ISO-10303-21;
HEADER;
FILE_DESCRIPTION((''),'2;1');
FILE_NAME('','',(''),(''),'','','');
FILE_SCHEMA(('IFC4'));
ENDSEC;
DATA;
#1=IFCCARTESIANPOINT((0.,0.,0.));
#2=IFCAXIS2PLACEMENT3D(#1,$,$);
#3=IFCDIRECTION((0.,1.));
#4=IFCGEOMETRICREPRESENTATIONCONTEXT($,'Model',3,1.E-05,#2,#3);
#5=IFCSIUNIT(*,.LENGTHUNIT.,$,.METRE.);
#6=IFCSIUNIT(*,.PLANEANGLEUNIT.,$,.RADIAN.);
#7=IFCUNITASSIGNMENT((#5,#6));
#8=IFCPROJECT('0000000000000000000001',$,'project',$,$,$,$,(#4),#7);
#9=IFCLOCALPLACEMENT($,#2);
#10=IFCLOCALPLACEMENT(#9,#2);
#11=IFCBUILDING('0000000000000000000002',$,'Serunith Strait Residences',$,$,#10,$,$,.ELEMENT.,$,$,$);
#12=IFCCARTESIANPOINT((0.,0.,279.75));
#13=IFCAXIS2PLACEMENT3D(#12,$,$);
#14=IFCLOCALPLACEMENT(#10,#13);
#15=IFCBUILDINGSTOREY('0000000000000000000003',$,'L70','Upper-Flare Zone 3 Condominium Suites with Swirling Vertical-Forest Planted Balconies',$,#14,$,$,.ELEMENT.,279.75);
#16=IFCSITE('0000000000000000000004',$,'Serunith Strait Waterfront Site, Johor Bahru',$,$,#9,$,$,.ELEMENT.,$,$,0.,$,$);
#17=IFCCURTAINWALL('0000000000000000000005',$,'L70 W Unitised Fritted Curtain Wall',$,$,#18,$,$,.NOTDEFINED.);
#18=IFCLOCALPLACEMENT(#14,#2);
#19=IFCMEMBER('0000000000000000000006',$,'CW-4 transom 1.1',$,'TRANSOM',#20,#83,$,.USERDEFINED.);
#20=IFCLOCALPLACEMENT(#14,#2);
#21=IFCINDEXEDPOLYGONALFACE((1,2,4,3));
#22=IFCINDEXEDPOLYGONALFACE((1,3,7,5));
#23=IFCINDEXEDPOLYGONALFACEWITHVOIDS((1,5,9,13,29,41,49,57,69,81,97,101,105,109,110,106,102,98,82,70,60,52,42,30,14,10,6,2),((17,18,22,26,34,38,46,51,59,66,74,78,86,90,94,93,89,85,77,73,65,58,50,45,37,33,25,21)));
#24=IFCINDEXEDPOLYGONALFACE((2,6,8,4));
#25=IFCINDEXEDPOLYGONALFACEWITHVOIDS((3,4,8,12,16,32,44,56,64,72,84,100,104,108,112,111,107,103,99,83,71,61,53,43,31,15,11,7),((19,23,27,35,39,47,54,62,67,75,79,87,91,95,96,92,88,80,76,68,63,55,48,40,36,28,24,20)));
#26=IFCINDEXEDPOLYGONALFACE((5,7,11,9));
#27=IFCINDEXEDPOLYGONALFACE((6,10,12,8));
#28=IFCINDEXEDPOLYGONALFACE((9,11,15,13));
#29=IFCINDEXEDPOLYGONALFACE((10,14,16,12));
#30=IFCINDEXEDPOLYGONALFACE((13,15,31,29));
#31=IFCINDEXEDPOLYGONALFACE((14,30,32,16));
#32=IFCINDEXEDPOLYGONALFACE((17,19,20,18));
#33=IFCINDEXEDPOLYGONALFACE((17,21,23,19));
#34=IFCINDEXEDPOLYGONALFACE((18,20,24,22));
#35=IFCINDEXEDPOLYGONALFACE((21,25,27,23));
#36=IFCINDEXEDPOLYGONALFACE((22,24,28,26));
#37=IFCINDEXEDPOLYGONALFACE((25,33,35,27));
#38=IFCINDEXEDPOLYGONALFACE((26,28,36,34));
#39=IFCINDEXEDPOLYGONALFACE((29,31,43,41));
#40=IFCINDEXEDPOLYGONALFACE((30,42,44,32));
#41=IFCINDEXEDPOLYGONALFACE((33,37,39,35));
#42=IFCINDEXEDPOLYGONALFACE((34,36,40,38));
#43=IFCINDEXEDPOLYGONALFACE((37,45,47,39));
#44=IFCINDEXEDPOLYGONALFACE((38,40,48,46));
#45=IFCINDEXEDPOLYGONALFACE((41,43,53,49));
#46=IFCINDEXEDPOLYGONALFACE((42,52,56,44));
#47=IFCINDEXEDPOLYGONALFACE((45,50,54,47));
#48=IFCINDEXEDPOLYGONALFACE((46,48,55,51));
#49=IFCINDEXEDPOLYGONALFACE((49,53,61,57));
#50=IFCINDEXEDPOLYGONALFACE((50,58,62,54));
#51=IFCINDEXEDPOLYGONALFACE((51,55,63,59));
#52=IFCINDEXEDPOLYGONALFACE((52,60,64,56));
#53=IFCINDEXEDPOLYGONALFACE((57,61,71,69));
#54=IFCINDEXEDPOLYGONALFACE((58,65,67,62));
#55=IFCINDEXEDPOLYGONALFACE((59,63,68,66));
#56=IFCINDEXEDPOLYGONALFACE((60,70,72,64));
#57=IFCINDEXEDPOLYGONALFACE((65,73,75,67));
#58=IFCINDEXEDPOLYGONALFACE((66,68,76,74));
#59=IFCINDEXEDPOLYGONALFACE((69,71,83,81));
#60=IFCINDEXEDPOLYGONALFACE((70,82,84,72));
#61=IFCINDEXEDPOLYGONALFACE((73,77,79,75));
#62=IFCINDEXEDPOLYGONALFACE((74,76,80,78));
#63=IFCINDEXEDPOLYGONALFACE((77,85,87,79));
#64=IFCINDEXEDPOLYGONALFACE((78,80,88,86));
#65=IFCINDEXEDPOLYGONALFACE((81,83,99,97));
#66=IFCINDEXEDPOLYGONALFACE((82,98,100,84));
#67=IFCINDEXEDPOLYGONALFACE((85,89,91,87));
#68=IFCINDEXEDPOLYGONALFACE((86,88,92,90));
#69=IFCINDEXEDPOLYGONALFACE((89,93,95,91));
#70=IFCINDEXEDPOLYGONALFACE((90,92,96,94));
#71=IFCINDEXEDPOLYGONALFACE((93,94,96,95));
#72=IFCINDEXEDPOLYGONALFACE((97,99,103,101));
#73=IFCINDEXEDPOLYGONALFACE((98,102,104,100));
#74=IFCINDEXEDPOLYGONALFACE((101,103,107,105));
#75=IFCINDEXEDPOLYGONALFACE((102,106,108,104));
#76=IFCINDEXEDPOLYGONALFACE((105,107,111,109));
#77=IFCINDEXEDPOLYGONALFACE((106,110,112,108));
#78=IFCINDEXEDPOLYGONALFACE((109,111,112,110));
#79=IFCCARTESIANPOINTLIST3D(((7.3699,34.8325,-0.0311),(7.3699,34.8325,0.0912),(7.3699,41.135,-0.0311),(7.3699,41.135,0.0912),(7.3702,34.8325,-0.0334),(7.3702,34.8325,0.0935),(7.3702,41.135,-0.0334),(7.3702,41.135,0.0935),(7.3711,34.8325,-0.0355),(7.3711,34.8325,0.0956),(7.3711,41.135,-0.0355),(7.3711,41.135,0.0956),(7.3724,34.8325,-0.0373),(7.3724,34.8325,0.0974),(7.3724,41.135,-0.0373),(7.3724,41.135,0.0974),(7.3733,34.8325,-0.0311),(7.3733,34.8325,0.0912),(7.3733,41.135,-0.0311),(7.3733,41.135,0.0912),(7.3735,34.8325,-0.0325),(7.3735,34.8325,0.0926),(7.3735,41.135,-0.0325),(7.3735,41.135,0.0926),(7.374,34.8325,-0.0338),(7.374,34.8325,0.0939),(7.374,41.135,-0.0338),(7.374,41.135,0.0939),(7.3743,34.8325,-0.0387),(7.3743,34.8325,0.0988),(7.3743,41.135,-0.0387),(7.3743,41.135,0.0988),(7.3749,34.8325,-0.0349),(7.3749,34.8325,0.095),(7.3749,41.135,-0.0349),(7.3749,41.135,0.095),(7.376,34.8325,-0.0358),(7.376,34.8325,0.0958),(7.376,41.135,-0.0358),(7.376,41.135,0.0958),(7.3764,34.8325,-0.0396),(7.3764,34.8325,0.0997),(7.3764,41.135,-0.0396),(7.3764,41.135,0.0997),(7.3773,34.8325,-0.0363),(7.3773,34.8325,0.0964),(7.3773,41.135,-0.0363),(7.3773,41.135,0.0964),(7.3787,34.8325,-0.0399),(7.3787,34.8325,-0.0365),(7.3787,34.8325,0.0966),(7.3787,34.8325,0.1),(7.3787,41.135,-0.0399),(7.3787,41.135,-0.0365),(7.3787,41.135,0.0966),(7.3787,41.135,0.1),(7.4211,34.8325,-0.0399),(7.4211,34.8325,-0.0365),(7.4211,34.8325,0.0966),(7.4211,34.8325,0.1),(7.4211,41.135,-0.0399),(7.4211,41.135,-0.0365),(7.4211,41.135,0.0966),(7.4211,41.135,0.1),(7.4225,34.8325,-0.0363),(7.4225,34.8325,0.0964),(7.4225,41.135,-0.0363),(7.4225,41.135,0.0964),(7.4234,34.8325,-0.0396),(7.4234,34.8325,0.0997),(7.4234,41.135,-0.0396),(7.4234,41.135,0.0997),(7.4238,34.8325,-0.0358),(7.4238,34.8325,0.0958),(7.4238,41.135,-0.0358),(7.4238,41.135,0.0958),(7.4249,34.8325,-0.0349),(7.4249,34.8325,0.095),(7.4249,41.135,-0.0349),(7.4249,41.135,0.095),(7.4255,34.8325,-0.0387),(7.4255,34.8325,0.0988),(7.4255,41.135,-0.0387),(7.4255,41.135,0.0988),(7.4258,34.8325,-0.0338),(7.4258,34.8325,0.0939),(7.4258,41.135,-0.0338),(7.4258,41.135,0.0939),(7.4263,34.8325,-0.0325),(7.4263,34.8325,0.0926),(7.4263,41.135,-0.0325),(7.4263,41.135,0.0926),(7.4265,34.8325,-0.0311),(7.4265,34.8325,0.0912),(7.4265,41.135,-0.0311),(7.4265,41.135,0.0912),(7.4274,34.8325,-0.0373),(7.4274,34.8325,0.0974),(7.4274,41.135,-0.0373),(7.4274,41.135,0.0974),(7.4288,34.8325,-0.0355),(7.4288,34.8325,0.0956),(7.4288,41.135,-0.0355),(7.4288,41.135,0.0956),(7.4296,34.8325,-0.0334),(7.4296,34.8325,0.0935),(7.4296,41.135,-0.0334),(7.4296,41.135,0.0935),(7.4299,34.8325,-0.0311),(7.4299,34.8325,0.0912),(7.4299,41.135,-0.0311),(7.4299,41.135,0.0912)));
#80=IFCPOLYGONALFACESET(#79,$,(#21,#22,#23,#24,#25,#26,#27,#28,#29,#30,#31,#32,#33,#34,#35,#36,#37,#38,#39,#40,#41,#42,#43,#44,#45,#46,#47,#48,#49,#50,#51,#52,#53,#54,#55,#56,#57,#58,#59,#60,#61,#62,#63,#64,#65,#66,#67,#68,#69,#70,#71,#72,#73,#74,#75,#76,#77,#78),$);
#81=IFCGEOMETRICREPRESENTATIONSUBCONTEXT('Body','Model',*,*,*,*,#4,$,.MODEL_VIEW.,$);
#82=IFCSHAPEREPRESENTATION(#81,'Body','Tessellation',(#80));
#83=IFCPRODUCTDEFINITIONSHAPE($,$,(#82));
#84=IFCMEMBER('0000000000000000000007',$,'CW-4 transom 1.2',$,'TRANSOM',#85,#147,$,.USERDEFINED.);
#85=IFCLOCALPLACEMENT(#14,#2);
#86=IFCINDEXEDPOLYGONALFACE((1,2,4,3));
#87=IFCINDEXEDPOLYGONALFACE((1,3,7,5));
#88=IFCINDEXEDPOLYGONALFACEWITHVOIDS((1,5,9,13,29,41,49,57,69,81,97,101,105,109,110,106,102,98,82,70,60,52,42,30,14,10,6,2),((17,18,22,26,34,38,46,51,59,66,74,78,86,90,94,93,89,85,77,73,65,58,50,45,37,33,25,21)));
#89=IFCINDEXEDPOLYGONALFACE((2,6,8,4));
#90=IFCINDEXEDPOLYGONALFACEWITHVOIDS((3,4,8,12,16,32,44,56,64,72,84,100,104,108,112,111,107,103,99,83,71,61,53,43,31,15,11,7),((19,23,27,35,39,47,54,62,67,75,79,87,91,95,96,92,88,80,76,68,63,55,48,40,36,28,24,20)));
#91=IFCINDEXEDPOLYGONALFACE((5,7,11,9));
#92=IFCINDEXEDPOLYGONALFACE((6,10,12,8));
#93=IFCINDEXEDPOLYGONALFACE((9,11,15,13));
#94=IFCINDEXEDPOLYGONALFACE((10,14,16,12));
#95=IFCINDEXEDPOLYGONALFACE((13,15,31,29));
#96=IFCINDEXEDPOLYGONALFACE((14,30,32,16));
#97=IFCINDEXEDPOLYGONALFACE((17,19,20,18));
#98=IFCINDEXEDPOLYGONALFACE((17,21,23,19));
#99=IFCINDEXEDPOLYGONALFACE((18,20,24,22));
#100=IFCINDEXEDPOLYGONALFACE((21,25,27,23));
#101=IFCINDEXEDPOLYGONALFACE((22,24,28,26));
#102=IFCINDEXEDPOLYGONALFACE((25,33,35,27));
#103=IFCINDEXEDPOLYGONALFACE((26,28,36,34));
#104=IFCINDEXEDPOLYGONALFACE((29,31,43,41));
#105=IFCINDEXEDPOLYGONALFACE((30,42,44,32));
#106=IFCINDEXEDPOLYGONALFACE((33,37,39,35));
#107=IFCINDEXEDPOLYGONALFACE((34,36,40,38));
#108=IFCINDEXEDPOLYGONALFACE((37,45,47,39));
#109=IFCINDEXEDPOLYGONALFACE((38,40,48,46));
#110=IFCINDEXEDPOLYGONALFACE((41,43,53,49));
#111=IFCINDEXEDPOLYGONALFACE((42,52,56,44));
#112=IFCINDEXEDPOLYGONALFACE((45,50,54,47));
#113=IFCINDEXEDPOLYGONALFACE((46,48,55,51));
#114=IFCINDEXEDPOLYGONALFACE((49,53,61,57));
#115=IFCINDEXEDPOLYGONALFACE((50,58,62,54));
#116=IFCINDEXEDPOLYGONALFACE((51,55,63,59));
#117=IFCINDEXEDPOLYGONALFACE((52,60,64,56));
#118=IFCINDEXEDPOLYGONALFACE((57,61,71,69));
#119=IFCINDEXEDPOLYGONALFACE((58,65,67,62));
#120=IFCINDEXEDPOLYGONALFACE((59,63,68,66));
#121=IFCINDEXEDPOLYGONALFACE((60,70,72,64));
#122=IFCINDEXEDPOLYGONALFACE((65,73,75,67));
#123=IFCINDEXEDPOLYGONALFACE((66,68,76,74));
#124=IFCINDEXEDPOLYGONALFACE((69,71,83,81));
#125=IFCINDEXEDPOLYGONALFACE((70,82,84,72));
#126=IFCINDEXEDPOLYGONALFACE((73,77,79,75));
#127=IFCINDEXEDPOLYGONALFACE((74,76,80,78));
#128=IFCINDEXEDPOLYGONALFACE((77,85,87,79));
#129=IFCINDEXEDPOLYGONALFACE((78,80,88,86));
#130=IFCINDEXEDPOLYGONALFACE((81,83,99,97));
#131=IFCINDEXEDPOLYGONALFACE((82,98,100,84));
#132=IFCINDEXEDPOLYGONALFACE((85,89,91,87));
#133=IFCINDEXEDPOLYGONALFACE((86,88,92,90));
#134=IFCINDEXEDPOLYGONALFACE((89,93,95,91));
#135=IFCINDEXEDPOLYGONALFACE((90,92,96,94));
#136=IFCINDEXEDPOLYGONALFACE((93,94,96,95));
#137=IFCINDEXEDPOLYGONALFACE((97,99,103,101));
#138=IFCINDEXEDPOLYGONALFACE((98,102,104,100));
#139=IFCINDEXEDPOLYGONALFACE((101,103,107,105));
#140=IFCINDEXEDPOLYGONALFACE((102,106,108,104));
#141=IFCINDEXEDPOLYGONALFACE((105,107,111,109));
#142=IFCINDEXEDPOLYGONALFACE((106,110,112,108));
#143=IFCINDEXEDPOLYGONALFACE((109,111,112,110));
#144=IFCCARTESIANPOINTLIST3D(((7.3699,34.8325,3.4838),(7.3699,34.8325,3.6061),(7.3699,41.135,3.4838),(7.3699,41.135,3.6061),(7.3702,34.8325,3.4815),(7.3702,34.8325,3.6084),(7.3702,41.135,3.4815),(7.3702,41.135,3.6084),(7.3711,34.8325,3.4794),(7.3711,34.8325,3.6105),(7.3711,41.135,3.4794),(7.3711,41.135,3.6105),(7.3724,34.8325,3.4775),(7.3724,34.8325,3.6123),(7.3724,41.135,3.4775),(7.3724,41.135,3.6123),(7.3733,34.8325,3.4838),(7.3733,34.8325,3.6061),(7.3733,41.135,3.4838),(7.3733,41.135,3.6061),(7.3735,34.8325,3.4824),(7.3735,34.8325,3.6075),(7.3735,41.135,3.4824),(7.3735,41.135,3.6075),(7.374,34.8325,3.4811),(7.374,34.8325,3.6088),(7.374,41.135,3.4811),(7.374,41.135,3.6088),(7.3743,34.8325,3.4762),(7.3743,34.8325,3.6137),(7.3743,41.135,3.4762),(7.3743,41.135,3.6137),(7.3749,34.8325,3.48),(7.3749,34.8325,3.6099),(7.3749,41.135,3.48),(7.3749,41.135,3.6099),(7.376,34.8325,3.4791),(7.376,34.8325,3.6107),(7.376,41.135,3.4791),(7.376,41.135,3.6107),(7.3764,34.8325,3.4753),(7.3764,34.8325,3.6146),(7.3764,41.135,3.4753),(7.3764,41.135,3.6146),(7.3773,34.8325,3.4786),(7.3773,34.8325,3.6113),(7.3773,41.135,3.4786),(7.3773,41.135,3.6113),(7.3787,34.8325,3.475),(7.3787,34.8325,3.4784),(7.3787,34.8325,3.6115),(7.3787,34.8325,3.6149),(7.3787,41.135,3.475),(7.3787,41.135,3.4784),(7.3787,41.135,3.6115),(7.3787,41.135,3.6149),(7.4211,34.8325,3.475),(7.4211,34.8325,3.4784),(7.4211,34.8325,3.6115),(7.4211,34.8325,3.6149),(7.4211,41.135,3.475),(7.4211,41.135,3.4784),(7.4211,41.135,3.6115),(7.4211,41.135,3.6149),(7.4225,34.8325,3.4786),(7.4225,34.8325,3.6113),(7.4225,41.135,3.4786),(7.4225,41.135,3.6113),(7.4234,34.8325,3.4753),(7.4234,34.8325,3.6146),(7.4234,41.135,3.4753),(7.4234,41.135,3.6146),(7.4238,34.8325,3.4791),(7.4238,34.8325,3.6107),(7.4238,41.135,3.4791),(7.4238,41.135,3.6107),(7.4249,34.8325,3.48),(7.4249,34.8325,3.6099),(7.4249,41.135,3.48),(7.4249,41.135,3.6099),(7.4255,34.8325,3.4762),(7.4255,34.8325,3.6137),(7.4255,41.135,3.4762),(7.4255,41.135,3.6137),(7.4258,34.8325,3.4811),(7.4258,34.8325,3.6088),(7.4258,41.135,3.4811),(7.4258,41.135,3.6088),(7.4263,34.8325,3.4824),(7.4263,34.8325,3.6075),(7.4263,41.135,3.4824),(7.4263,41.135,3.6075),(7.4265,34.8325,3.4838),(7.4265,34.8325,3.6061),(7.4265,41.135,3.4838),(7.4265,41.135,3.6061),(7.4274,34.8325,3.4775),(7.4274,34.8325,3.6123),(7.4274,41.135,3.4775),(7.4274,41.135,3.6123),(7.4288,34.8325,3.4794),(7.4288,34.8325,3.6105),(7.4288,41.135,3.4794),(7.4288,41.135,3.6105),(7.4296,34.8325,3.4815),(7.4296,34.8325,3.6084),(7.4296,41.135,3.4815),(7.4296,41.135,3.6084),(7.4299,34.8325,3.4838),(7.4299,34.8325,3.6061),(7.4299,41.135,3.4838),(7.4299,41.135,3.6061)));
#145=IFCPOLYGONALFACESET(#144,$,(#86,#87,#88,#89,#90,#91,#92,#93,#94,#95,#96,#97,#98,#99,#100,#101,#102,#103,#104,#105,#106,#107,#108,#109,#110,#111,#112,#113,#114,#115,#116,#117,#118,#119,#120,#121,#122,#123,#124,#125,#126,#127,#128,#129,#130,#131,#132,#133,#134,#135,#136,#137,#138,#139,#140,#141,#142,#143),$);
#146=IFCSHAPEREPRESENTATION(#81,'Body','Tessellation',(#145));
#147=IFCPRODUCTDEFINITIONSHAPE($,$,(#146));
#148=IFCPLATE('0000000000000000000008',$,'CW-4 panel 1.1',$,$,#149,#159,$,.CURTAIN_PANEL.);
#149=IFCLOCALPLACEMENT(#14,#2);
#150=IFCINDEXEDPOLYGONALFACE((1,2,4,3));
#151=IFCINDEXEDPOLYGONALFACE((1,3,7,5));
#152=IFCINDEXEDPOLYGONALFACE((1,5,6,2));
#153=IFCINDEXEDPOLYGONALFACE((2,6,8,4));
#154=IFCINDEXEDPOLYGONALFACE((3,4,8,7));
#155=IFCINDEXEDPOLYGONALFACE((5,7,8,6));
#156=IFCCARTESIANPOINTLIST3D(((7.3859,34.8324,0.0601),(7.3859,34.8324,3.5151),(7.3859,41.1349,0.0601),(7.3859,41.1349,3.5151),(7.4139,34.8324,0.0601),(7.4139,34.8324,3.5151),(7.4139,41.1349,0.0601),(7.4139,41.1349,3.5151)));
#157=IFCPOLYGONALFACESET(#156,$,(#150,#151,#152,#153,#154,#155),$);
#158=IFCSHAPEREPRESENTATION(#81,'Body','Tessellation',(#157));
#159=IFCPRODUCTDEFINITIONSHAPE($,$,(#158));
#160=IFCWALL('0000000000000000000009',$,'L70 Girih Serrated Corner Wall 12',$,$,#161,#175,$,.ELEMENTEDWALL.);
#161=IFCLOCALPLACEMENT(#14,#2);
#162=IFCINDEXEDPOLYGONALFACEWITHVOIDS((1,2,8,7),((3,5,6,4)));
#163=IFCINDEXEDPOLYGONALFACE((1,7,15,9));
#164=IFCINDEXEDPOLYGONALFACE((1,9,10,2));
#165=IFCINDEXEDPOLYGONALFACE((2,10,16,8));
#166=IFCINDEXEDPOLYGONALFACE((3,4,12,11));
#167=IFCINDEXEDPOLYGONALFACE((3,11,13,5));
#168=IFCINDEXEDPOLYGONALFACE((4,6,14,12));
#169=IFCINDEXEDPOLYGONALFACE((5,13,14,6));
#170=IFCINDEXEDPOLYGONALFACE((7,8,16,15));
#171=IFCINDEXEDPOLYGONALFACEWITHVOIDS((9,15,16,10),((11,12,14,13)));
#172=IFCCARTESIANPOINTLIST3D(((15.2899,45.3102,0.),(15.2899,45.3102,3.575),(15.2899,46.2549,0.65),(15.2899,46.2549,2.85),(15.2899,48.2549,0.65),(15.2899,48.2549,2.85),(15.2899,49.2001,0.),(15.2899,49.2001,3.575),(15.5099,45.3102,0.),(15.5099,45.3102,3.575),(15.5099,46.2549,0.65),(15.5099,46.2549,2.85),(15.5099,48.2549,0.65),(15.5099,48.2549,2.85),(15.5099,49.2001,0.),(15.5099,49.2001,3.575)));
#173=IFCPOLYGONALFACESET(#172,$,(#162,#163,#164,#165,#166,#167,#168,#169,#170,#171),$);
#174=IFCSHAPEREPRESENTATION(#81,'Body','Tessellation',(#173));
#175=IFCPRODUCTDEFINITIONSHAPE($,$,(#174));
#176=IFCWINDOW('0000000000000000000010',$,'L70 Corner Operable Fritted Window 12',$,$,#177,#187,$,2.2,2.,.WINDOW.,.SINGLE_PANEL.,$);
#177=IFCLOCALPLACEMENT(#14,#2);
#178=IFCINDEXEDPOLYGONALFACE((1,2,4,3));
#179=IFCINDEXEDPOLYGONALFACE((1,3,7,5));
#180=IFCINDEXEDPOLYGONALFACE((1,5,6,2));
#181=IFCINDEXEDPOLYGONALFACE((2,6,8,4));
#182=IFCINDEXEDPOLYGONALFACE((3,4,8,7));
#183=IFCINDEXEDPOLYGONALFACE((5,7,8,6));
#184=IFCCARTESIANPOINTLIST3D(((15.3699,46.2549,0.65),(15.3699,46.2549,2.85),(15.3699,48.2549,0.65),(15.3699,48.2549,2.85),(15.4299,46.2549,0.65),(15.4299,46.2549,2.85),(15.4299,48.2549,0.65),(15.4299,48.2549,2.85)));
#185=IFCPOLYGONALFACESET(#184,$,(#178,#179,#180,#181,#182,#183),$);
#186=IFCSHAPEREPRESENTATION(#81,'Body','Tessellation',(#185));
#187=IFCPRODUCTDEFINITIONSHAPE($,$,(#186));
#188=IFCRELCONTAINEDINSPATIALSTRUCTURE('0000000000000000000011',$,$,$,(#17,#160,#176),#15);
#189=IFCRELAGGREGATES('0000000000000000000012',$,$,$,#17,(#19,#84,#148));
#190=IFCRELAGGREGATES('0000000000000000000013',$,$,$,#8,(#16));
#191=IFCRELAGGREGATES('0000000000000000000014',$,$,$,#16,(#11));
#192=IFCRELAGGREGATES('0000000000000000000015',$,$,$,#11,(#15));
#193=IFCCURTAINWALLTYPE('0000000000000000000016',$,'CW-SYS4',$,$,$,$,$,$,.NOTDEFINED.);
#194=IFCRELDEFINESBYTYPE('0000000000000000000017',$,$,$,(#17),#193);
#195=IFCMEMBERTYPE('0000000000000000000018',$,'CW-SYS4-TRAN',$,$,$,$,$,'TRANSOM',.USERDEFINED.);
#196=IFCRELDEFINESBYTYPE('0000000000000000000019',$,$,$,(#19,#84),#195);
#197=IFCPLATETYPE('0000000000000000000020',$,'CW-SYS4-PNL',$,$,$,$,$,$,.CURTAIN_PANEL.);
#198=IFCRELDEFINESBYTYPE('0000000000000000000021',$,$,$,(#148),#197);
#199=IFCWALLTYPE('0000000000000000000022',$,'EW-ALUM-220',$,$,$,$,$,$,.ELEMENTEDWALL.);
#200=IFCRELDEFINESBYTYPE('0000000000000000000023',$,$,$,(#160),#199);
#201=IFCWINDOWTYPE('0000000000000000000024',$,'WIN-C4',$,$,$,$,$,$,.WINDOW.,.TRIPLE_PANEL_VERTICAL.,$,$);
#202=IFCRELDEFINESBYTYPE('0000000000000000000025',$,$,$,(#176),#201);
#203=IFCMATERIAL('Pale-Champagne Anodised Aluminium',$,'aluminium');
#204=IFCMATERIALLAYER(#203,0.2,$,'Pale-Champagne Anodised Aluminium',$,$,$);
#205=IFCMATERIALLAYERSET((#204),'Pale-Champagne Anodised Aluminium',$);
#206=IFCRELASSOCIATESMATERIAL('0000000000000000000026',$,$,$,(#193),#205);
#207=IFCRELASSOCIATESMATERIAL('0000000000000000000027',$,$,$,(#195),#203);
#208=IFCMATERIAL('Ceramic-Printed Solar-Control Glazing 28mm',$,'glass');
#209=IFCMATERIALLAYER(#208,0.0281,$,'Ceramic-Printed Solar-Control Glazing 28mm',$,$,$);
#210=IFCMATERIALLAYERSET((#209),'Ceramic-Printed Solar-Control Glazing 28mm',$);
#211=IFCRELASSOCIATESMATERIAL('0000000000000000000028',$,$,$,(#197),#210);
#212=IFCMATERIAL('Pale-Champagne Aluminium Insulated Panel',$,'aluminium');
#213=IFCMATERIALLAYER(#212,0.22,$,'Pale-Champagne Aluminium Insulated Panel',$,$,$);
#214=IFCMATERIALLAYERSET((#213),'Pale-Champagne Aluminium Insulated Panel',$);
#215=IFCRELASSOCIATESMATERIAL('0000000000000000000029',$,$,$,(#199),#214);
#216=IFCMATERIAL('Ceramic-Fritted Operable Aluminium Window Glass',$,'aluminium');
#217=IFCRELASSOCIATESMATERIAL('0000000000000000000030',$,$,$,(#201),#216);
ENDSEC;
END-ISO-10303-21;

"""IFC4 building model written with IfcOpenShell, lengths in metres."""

from ifc_helpers import new_model, si_unit, direction, frame, frame_2d, origin, origin_2d, place, context, subcontext, project, spatial, rectangle, hollow_rectangle, extrude, source, transform, mapped, material, layer, layer_set, material_profile, profile_set, type_object, element, fill, aggregate, save


model = new_model("IFC4")

# Units and contexts
model_context = context("Model", 3, precision=1e-05, world=origin(), true_north=direction((0.0, 1.0)))
body_context = subcontext(model_context, "Body", "Model", "MODEL_VIEW")
ifc_project = project(units=[si_unit("LENGTHUNIT", "METRE"), si_unit("PLANEANGLEUNIT", "RADIAN")], contexts=[model_context])

# Site, building, storey
site_placement = place(None, origin())
site = spatial("IfcSite", under=ifc_project, at=site_placement, Name="Serunith Strait Waterfront Site, Johor Bahru", CompositionType="ELEMENT", RefElevation=0.0)
building_placement = place(site_placement, origin())
building = spatial("IfcBuilding", under=site, at=building_placement, Name="Serunith Strait Residences", CompositionType="ELEMENT")
storey_placement = place(building_placement, frame((0.0, 0.0, 279.75)))
storey = spatial("IfcBuildingStorey", under=building, at=storey_placement, Name="L70", Description="Upper-Flare Zone 3 Condominium Suites with Swirling Vertical-Forest Planted Balconies", CompositionType="ELEMENT", Elevation=279.75)

# Shared definitions
ifc_material_1 = material(Name="Pale-Champagne Anodised Aluminium", Category="aluminium")
ifc_layer_1 = layer(ifc_material_1, 0.2, Name="Pale-Champagne Anodised Aluminium")
ifc_layer_set_1 = layer_set([ifc_layer_1], Name="Pale-Champagne Anodised Aluminium")
curtain_wall_type = type_object("IfcCurtainWallType", Name="CW-SYS4", PredefinedType="NOTDEFINED", material=ifc_layer_set_1)

# Curtain wall, members, plate
curtain_wall_1_placement = place(storey_placement, origin())
curtain_wall_1 = element("IfcCurtainWall", 1, at=curtain_wall_1_placement, inside=storey, type_object=curtain_wall_type, Name="L70 W Unitised Fritted Curtain Wall", PredefinedType="NOTDEFINED")
ifc_material_profile_1 = material_profile(ifc_material_1, hollow_rectangle(XDim=0.0601, YDim=0.1399, WallThickness=0.0034, InnerFilletRadius=0.0054, OuterFilletRadius=0.0088, at=origin_2d()), Name="ALU 140x60x3.5")
ifc_profile_set_1 = profile_set([ifc_material_profile_1], Name="Pale-Champagne Anodised Aluminium")
member_type_1 = type_object("IfcMemberType", Name="CW-SYS4-TRAN", ElementType="TRANSOM", PredefinedType="USERDEFINED", material=ifc_profile_set_1)
shared_shape_1 = source(origin(), body_context, "Body", "SweptSolid", [
    extrude(hollow_rectangle(XDim=0.0601, YDim=0.1399, WallThickness=0.0034, InnerFilletRadius=0.0054, OuterFilletRadius=0.0088, at=origin_2d()), origin(), (0.0, 0.0, 1.0), 6.3025),
])
member_1_placement = place(storey_placement, frame((7.3999, 41.135, 0.03), z_axis=(0.0, -1.0, 0.0), x_axis=(1.0, 0.0, 0.0)))
member_1 = element("IfcMember", 2, at=member_1_placement, type_object=member_type_1, Name="CW-4 transom 1.1", ObjectType="TRANSOM", PredefinedType="USERDEFINED", context=body_context, shape_type="MappedRepresentation", body=[
    mapped(shared_shape_1, transform((0.0, 0.0, 0.0), scale=1.0)),
])
member_2_placement = place(storey_placement, frame((7.3999, 41.135, 3.5449), z_axis=(0.0, -1.0, 0.0), x_axis=(1.0, 0.0, 0.0)))
member_2 = element("IfcMember", 3, at=member_2_placement, type_object=member_type_1, Name="CW-4 transom 1.2", ObjectType="TRANSOM", PredefinedType="USERDEFINED", context=body_context, shape_type="MappedRepresentation", body=[
    mapped(shared_shape_1, transform((0.0, 0.0, 0.0), scale=1.0)),
])
ifc_material_2 = material(Name="Ceramic-Printed Solar-Control Glazing 28mm", Category="glass")
ifc_layer_2 = layer(ifc_material_2, 0.0281, Name="Ceramic-Printed Solar-Control Glazing 28mm")
ifc_layer_set_2 = layer_set([ifc_layer_2], Name="Ceramic-Printed Solar-Control Glazing 28mm")
plate_type = type_object("IfcPlateType", Name="CW-SYS4-PNL", PredefinedType="CURTAIN_PANEL", material=ifc_layer_set_2)
shared_shape_2 = source(origin(), body_context, "Body", "SweptSolid", [
    extrude(rectangle(XDim=6.3025, YDim=0.0281, at=origin_2d()), origin(), (0.0, 0.0, 1.0), 3.4551),
])
plate_placement = place(storey_placement, frame((7.3999, 37.9836, 0.0601), z_axis=(0.0, 0.0, 1.0), x_axis=(0.0, -1.0, 0.0)))
plate = element("IfcPlate", 4, at=plate_placement, type_object=plate_type, Name="CW-4 panel 1.1", PredefinedType="CURTAIN_PANEL", context=body_context, shape_type="MappedRepresentation", body=[
    mapped(shared_shape_2, transform((0.0, 0.0, 0.0), scale=1.0)),
])
aggregate(curtain_wall_1, [member_1, member_2, plate])

# Wall, opening, window
ifc_material_3 = material(Name="Pale-Champagne Aluminium Insulated Panel", Category="aluminium")
ifc_layer_3 = layer(ifc_material_3, 0.22, Name="Pale-Champagne Aluminium Insulated Panel")
ifc_layer_set_3 = layer_set([ifc_layer_3], Name="Pale-Champagne Aluminium Insulated Panel")
wall_type_1 = type_object("IfcWallType", Name="EW-ALUM-220", PredefinedType="ELEMENTEDWALL", material=ifc_layer_set_3)
wall_1_placement = place(storey_placement, frame((15.3999, 49.2, 0.0), z_axis=(0.0, 0.0, 1.0), x_axis=(0.0, -1.0, 0.0)))
wall_1 = element("IfcWall", 5, at=wall_1_placement, inside=storey, type_object=wall_type_1, Name="L70 Girih Serrated Corner Wall 12", PredefinedType="ELEMENTEDWALL", context=body_context, shape_type="SweptSolid", body=[
    extrude(rectangle(XDim=3.8899, YDim=0.22, at=frame_2d((1.9448, 0.0))), origin(), (0.0, 0.0, 1.0), 3.575),
])
opening_1_placement = place(wall_1_placement, frame((0.9451, 0.0, 0.6499)))
opening_1 = element("IfcOpeningElement", 6, at=opening_1_placement, cuts=wall_1, PredefinedType="OPENING", context=body_context, shape_type="SweptSolid", body=[
    extrude(rectangle(XDim=2.0, YDim=2.2, at=frame_2d((1.0, 1.1001))), frame((0.0, 0.1201, 0.0), z_axis=(0.0, -1.0, 0.0), x_axis=(1.0, 0.0, 0.0)), (0.0, 0.0, 1.0), 0.24),
])
ifc_material_4 = material(Name="Ceramic-Fritted Operable Aluminium Window Glass", Category="aluminium")
window_type = type_object("IfcWindowType", Name="WIN-C4", PartitioningType="TRIPLE_PANEL_VERTICAL", PredefinedType="WINDOW", material=ifc_material_4)
shared_shape_3 = source(origin(), body_context, "Body", "SweptSolid", [
    extrude(rectangle(XDim=2.0, YDim=2.2, at=frame_2d((1.0, 1.1001))), frame((0.0, 0.03, 0.0), z_axis=(0.0, -1.0, 0.0), x_axis=(1.0, 0.0, 0.0)), (0.0, 0.0, 1.0), 0.0601),
])
window_1_placement = place(opening_1_placement, origin())
window_1 = element("IfcWindow", 7, at=window_1_placement, inside=storey, type_object=window_type, Name="L70 Corner Operable Fritted Window 12", OverallHeight=2.2, OverallWidth=2.0, PartitioningType="SINGLE_PANEL", PredefinedType="WINDOW", context=body_context, shape_type="MappedRepresentation", body=[
    mapped(shared_shape_3, transform((0.0, 0.0, 0.0), scale=1.0)),
])
fill(opening_1, window_1)

save(model, "model.ifc")
